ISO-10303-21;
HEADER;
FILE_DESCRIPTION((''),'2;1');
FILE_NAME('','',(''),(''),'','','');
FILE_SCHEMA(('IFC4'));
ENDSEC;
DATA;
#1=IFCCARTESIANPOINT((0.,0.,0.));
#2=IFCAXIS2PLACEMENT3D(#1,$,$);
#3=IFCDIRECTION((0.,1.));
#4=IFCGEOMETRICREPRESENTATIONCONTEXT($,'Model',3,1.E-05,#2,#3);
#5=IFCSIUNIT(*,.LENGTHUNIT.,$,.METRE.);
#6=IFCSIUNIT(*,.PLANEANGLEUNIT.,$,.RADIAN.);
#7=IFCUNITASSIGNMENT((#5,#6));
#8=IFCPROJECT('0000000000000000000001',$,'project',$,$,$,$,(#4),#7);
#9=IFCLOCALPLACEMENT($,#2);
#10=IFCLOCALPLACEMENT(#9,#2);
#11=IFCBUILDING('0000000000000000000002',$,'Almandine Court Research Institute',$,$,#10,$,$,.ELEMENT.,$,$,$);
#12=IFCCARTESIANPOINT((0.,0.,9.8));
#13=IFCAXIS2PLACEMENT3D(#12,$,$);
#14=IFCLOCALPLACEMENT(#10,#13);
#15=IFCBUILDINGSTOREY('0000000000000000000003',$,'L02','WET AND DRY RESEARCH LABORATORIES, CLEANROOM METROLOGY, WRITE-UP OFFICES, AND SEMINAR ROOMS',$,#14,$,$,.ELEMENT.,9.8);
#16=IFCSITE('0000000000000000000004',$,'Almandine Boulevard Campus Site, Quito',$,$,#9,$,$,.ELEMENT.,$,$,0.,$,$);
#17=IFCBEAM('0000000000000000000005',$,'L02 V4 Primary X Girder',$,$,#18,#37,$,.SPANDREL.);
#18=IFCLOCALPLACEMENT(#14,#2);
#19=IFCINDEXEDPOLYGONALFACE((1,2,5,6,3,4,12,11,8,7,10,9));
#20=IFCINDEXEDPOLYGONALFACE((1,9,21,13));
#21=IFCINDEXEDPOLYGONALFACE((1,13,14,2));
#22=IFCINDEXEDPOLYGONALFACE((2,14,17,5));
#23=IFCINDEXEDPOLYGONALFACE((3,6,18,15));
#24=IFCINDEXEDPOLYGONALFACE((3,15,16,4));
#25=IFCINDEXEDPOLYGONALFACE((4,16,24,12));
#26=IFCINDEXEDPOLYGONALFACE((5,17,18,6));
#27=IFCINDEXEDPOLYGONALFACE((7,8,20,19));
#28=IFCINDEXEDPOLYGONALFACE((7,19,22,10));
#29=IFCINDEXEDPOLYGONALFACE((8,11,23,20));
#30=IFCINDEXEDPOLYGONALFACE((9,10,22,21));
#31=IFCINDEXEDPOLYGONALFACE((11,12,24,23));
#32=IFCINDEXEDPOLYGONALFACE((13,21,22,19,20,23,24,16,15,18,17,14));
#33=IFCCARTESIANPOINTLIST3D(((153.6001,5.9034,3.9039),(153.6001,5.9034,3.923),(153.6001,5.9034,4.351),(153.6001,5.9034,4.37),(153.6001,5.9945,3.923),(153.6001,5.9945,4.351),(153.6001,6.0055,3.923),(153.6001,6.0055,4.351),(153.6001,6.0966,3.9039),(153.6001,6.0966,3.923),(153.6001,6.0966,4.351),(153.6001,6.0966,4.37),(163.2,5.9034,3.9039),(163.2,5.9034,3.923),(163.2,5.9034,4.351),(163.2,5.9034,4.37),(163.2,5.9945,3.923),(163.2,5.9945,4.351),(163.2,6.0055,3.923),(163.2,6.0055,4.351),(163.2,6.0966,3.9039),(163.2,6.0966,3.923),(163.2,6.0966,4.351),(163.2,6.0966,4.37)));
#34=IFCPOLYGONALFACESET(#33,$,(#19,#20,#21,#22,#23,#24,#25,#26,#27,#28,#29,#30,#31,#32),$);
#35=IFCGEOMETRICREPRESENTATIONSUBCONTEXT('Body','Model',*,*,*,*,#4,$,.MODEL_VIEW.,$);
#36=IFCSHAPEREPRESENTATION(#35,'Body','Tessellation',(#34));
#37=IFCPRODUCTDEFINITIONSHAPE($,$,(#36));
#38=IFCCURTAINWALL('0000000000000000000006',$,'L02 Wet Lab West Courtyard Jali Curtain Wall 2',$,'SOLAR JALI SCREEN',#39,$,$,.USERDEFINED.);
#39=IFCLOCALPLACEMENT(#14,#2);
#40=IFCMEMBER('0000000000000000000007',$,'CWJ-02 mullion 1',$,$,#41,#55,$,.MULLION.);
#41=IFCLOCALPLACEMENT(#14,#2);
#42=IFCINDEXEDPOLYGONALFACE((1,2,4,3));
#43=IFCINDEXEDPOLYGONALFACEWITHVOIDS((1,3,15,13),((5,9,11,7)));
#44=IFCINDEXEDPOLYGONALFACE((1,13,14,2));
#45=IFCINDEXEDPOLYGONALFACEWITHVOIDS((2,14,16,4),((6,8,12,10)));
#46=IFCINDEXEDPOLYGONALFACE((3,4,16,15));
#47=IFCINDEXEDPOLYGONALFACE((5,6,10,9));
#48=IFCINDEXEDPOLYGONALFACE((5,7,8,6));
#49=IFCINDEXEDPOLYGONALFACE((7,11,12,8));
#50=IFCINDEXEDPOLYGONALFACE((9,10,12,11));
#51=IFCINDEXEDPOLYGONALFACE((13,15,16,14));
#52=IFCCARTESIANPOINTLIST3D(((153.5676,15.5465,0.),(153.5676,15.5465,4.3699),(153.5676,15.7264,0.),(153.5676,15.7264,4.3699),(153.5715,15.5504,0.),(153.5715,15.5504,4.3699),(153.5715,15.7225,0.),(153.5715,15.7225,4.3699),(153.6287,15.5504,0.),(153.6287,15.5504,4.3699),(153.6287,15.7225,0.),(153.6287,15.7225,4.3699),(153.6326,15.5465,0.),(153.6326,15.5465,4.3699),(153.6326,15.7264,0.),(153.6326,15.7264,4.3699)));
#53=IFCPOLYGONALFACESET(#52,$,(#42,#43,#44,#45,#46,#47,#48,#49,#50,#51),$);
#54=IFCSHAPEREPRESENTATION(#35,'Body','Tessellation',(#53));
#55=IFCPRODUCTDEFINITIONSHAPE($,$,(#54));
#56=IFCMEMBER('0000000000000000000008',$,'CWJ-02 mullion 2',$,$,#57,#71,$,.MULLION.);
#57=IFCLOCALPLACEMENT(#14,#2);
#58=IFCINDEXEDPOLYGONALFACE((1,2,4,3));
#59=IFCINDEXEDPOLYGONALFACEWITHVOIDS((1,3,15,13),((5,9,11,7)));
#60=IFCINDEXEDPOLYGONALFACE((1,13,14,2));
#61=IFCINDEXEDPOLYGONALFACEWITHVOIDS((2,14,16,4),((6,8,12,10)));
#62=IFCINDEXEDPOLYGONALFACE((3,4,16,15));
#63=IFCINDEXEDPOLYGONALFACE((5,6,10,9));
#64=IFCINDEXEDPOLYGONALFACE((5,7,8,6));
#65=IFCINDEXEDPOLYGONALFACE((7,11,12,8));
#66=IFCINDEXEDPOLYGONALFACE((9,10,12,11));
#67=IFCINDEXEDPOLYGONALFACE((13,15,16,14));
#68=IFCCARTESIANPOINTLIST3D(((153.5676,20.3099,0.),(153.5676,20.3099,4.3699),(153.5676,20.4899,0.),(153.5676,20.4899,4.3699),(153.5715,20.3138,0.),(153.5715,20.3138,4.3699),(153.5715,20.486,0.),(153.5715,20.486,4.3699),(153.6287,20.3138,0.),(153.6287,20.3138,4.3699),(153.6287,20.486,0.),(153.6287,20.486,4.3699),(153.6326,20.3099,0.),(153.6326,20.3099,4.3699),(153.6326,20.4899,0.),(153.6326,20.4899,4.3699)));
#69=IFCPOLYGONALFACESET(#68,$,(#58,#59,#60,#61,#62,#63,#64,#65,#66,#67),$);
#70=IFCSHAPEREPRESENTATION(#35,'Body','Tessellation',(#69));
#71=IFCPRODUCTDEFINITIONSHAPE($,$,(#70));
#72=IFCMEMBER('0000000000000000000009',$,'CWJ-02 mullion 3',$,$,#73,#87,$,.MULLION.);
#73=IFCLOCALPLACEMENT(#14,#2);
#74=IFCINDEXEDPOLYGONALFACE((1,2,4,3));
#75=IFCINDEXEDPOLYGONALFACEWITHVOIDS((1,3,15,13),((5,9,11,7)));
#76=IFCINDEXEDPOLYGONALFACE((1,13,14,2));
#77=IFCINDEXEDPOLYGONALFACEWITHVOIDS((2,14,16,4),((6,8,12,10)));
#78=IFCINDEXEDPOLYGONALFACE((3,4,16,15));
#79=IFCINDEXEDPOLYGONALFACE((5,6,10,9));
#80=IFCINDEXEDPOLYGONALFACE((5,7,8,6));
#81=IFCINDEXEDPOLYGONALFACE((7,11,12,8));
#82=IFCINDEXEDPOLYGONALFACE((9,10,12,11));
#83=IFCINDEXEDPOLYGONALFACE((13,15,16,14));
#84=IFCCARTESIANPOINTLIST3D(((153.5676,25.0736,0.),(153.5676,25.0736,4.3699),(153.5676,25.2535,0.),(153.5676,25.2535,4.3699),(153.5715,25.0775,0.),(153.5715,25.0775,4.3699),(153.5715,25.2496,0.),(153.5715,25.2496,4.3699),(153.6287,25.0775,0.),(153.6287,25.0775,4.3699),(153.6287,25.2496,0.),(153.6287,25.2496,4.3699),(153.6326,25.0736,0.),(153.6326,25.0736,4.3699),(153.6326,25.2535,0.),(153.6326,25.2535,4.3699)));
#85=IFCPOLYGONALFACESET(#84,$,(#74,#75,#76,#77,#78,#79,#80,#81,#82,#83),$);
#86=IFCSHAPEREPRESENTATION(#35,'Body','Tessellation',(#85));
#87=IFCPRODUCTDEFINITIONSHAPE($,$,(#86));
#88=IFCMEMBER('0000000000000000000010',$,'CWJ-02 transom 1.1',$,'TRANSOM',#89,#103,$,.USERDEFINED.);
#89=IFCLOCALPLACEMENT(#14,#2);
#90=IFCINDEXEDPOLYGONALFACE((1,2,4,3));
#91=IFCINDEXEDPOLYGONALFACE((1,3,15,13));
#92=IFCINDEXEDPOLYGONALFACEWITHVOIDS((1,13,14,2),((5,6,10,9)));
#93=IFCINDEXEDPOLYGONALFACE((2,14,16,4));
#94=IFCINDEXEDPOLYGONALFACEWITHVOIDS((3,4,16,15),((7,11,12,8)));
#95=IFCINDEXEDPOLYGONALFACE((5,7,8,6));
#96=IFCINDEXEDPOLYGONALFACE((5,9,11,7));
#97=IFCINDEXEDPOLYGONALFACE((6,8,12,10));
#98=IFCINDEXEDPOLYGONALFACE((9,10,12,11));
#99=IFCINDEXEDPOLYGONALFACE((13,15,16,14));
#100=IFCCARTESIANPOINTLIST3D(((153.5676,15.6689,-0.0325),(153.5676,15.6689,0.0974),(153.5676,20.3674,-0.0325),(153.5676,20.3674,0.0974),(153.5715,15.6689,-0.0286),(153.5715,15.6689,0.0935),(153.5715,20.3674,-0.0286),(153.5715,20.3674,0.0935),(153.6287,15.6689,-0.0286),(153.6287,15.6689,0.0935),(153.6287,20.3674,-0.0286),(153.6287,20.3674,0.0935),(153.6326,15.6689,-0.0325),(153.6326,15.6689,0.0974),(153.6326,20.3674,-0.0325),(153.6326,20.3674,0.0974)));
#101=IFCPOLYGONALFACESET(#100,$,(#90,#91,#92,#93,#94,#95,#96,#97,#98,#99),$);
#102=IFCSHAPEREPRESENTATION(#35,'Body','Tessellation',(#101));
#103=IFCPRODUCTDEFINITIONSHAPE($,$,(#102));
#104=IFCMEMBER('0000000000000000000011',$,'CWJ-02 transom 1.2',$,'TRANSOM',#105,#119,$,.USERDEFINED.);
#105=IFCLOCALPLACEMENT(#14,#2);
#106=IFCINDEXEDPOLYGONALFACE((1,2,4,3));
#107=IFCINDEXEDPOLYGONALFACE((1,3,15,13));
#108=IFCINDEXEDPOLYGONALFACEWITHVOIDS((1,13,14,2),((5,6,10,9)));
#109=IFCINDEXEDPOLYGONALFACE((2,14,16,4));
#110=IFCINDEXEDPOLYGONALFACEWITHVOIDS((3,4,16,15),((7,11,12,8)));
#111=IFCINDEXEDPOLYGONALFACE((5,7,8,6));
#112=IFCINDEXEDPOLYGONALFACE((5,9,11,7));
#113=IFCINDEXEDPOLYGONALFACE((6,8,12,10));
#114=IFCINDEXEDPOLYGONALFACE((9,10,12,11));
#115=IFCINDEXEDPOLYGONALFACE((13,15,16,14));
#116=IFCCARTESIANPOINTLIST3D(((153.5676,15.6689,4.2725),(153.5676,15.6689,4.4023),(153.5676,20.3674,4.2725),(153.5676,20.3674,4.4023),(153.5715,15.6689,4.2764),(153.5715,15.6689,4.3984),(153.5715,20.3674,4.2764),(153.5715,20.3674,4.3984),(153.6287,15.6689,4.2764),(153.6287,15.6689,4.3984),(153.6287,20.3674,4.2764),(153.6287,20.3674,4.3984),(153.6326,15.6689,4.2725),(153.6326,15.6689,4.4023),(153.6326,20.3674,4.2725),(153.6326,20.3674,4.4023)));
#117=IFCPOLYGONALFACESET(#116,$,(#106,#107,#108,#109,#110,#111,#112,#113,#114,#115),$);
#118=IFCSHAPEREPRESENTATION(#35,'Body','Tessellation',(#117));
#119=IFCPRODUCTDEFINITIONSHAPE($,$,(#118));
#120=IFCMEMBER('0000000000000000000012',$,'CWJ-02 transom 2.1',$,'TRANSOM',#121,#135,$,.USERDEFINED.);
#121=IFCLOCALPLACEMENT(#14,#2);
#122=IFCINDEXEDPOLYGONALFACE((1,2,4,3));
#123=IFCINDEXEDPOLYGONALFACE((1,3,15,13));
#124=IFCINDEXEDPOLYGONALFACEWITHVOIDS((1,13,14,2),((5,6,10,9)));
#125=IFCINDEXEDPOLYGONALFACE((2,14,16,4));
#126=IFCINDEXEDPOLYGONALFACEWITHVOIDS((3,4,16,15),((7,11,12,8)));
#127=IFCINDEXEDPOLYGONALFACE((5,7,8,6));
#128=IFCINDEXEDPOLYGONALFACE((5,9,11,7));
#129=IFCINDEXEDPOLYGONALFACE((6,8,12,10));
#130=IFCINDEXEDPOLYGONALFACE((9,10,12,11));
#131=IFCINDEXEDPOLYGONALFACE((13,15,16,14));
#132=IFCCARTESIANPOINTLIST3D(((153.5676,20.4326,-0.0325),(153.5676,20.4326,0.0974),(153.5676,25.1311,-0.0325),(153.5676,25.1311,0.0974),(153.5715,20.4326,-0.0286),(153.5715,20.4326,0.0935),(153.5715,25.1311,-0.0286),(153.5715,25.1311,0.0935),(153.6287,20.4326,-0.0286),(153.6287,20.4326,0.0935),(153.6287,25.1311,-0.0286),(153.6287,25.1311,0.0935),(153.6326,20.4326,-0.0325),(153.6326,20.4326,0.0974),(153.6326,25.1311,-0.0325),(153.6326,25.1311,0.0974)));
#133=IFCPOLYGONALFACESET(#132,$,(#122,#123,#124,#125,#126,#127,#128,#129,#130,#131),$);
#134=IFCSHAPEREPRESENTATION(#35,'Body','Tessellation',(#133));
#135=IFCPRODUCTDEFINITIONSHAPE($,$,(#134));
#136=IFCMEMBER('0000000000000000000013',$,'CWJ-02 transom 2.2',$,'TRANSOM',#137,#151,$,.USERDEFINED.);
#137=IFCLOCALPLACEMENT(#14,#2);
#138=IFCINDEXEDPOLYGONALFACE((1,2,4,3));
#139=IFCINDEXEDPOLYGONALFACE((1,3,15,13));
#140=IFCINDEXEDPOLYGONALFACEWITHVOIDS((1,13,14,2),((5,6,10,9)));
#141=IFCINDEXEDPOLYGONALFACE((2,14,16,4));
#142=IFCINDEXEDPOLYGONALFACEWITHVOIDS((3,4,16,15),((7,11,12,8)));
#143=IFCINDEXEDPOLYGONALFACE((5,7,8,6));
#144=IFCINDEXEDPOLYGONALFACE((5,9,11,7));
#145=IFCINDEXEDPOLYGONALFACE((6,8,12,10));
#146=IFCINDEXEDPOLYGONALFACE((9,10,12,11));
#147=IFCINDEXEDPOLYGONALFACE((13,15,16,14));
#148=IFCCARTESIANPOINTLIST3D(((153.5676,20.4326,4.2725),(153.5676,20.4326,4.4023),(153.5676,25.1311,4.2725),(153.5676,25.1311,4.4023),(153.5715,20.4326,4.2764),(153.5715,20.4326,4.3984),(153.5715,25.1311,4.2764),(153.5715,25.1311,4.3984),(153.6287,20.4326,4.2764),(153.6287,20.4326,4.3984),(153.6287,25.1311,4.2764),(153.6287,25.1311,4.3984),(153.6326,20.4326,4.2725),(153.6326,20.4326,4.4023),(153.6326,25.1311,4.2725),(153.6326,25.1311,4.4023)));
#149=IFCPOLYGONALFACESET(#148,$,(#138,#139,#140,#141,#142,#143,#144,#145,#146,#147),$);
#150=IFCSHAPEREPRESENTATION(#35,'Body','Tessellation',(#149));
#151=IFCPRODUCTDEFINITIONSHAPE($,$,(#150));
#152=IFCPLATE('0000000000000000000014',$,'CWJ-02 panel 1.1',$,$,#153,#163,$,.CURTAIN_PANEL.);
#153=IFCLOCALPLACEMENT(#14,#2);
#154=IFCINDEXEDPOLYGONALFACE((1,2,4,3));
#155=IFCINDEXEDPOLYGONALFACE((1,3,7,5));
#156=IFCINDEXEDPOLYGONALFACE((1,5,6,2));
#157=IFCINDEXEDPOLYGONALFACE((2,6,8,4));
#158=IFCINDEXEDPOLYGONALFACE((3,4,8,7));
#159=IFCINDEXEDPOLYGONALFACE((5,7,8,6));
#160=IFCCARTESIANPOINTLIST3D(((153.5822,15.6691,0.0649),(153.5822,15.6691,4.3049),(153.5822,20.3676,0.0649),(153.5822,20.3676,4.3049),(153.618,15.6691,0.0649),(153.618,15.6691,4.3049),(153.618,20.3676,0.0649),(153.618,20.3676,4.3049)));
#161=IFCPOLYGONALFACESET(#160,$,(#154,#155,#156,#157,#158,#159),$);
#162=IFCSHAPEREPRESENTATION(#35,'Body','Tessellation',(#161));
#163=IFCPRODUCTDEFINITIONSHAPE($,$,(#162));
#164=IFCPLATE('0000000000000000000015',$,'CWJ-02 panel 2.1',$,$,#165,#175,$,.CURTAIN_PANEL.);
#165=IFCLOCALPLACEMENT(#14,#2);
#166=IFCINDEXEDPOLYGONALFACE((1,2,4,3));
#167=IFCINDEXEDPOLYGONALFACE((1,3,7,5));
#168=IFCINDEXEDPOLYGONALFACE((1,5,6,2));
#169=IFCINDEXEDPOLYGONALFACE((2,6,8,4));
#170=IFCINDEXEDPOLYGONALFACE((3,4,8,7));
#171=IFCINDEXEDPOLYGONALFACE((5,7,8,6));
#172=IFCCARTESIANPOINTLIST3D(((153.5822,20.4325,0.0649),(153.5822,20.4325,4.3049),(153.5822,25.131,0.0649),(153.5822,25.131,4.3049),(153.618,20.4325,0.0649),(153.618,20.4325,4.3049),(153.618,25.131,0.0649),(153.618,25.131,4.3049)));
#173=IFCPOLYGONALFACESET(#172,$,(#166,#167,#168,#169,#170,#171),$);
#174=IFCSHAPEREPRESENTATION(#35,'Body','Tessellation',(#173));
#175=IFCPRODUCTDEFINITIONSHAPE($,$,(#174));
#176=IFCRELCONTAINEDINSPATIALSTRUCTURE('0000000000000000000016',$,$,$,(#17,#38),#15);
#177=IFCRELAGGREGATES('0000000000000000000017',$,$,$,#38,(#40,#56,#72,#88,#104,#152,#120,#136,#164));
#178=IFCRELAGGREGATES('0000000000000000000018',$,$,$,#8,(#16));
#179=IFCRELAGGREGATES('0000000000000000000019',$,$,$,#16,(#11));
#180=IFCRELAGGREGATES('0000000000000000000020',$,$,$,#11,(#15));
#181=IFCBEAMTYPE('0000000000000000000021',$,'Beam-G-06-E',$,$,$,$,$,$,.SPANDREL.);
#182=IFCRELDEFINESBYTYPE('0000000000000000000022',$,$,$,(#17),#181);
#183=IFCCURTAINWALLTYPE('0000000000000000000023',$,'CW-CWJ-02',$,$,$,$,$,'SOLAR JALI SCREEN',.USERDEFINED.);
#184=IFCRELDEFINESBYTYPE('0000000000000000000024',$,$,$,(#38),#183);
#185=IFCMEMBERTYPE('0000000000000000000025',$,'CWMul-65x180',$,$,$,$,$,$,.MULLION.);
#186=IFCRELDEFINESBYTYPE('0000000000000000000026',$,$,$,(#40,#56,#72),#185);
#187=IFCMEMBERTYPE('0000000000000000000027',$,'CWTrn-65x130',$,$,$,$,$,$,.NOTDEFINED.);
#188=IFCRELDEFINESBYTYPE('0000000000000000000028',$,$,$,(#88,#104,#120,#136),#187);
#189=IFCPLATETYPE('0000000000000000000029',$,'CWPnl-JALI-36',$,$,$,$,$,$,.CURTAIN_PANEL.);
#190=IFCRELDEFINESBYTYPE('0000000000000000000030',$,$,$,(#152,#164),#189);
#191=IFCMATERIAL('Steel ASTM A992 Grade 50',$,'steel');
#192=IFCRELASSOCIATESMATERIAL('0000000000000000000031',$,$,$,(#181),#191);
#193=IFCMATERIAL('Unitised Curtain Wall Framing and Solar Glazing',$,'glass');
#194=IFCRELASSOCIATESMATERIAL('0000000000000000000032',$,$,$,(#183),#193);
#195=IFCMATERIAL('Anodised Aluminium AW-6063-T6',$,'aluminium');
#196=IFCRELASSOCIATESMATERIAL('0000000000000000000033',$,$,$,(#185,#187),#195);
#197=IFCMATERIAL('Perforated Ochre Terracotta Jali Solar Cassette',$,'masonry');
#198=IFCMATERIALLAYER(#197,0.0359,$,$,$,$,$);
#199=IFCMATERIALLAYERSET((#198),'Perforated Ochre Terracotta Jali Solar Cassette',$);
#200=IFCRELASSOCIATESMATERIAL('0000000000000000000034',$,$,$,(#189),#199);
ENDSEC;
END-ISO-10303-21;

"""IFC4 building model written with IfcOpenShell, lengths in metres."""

from ifc_helpers import new_model, si_unit, direction, frame, origin, origin_2d, place, context, subcontext, project, spatial, rectangle, hollow_rectangle, i_section, extrude, material, layer, layer_set, material_profile, profile_set, type_object, element, aggregate, save


model = new_model("IFC4")

# Units and contexts
model_context = context("Model", 3, precision=1e-05, world=origin(), true_north=direction((0.0, 1.0)))
body_context = subcontext(model_context, "Body", "Model", "MODEL_VIEW")
ifc_project = project(units=[si_unit("LENGTHUNIT", "METRE"), si_unit("PLANEANGLEUNIT", "RADIAN")], contexts=[model_context])

# Site, building, storey
site_placement = place(None, origin())
site = spatial("IfcSite", under=ifc_project, at=site_placement, Name="Almandine Boulevard Campus Site, Quito", CompositionType="ELEMENT", RefElevation=0.0)
building_placement = place(site_placement, origin())
building = spatial("IfcBuilding", under=site, at=building_placement, Name="Almandine Court Research Institute", CompositionType="ELEMENT")
storey_placement = place(building_placement, frame((0.0, 0.0, 9.8)))
storey = spatial("IfcBuildingStorey", under=building, at=storey_placement, Name="L02", Description="WET AND DRY RESEARCH LABORATORIES, CLEANROOM METROLOGY, WRITE-UP OFFICES, AND SEMINAR ROOMS", CompositionType="ELEMENT", Elevation=9.8)

# Shared definitions
ifc_material_1 = material(Name="Steel ASTM A992 Grade 50", Category="steel")

# Beam
ifc_material_profile_1 = material_profile(ifc_material_1, i_section(OverallWidth=0.1931, OverallDepth=0.4661, WebThickness=0.011, FlangeThickness=0.019, at=origin_2d()), Name="W460x97")
ifc_profile_set_1 = profile_set([ifc_material_profile_1], Name="Steel ASTM A992 Grade 50")
beam_type_1 = type_object("IfcBeamType", Name="Beam-G-06-E", PredefinedType="SPANDREL", material=ifc_profile_set_1)
beam_1_placement = place(storey_placement, frame((153.6001, 6.0, 4.137), z_axis=(1.0, 0.0, 0.0), x_axis=(0.0, 1.0, 0.0)))
element("IfcBeam", 1, at=beam_1_placement, inside=storey, type_object=beam_type_1, Name="L02 V4 Primary X Girder", PredefinedType="SPANDREL", context=body_context, shape_type="SweptSolid", body=[
    extrude(i_section(OverallWidth=0.1931, OverallDepth=0.4661, WebThickness=0.011, FlangeThickness=0.019, at=origin_2d()), origin(), (0.0, 0.0, 1.0), 9.5999),
])

# Curtain wall, members, plates
ifc_material_2 = material(Name="Unitised Curtain Wall Framing and Solar Glazing", Category="glass")
curtain_wall_type = type_object("IfcCurtainWallType", Name="CW-CWJ-02", ElementType="SOLAR JALI SCREEN", PredefinedType="USERDEFINED", material=ifc_material_2)
curtain_wall_placement = place(storey_placement, origin())
curtain_wall = element("IfcCurtainWall", 2, at=curtain_wall_placement, inside=storey, type_object=curtain_wall_type, Name="L02 Wet Lab West Courtyard Jali Curtain Wall 2", ObjectType="SOLAR JALI SCREEN", PredefinedType="USERDEFINED")
ifc_material_3 = material(Name="Anodised Aluminium AW-6063-T6", Category="aluminium")
ifc_material_profile_2 = material_profile(ifc_material_3, hollow_rectangle(XDim=0.0649, YDim=0.1799, WallThickness=0.0039, at=origin_2d()), Name="ALU RHS 65x180x4")
ifc_profile_set_2 = profile_set([ifc_material_profile_2], Name="Anodised Aluminium AW-6063-T6")
member_type_1 = type_object("IfcMemberType", Name="CWMul-65x180", PredefinedType="MULLION", material=ifc_profile_set_2)
member_1_placement = place(storey_placement, frame((153.6001, 15.6365, 0.0), z_axis=(0.0, 0.0, 1.0), x_axis=(-1.0, 0.0, 0.0)))
member_1 = element("IfcMember", 3, at=member_1_placement, type_object=member_type_1, Name="CWJ-02 mullion 1", PredefinedType="MULLION", context=body_context, shape_type="SweptSolid", body=[
    extrude(hollow_rectangle(XDim=0.0649, YDim=0.1799, WallThickness=0.0039, at=origin_2d()), origin(), (0.0, 0.0, 1.0), 4.3699),
])
member_2_placement = place(storey_placement, frame((153.6001, 20.3999, 0.0), z_axis=(0.0, 0.0, 1.0), x_axis=(-1.0, 0.0, 0.0)))
member_2 = element("IfcMember", 4, at=member_2_placement, type_object=member_type_1, Name="CWJ-02 mullion 2", PredefinedType="MULLION", context=body_context, shape_type="SweptSolid", body=[
    extrude(hollow_rectangle(XDim=0.0649, YDim=0.1799, WallThickness=0.0039, at=origin_2d()), origin(), (0.0, 0.0, 1.0), 4.3699),
])
member_3_placement = place(storey_placement, frame((153.6001, 25.1636, 0.0), z_axis=(0.0, 0.0, 1.0), x_axis=(-1.0, 0.0, 0.0)))
member_3 = element("IfcMember", 5, at=member_3_placement, type_object=member_type_1, Name="CWJ-02 mullion 3", PredefinedType="MULLION", context=body_context, shape_type="SweptSolid", body=[
    extrude(hollow_rectangle(XDim=0.0649, YDim=0.1799, WallThickness=0.0039, at=origin_2d()), origin(), (0.0, 0.0, 1.0), 4.3699),
])
ifc_material_profile_3 = material_profile(ifc_material_3, hollow_rectangle(XDim=0.0649, YDim=0.1299, WallThickness=0.0039, at=origin_2d()), Name="ALU RHS 65x130x4")
ifc_profile_set_3 = profile_set([ifc_material_profile_3], Name="Anodised Aluminium AW-6063-T6")
member_type_2 = type_object("IfcMemberType", Name="CWTrn-65x130", PredefinedType="NOTDEFINED", material=ifc_profile_set_3)
member_4_placement = place(storey_placement, frame((153.6001, 15.6689, 0.0325), z_axis=(0.0, 1.0, 0.0), x_axis=(-1.0, 0.0, 0.0)))
member_4 = element("IfcMember", 6, at=member_4_placement, type_object=member_type_2, Name="CWJ-02 transom 1.1", ObjectType="TRANSOM", PredefinedType="USERDEFINED", context=body_context, shape_type="SweptSolid", body=[
    extrude(hollow_rectangle(XDim=0.0649, YDim=0.1299, WallThickness=0.0039, at=origin_2d()), origin(), (0.0, 0.0, 1.0), 4.6985),
])
member_5_placement = place(storey_placement, frame((153.6001, 15.6689, 4.3374), z_axis=(0.0, 1.0, 0.0), x_axis=(-1.0, 0.0, 0.0)))
member_5 = element("IfcMember", 7, at=member_5_placement, type_object=member_type_2, Name="CWJ-02 transom 1.2", ObjectType="TRANSOM", PredefinedType="USERDEFINED", context=body_context, shape_type="SweptSolid", body=[
    extrude(hollow_rectangle(XDim=0.0649, YDim=0.1299, WallThickness=0.0039, at=origin_2d()), origin(), (0.0, 0.0, 1.0), 4.6985),
])
member_6_placement = place(storey_placement, frame((153.6001, 20.4326, 0.0325), z_axis=(0.0, 1.0, 0.0), x_axis=(-1.0, 0.0, 0.0)))
member_6 = element("IfcMember", 8, at=member_6_placement, type_object=member_type_2, Name="CWJ-02 transom 2.1", ObjectType="TRANSOM", PredefinedType="USERDEFINED", context=body_context, shape_type="SweptSolid", body=[
    extrude(hollow_rectangle(XDim=0.0649, YDim=0.1299, WallThickness=0.0039, at=origin_2d()), origin(), (0.0, 0.0, 1.0), 4.6985),
])
member_7_placement = place(storey_placement, frame((153.6001, 20.4326, 4.3374), z_axis=(0.0, 1.0, 0.0), x_axis=(-1.0, 0.0, 0.0)))
member_7 = element("IfcMember", 9, at=member_7_placement, type_object=member_type_2, Name="CWJ-02 transom 2.2", ObjectType="TRANSOM", PredefinedType="USERDEFINED", context=body_context, shape_type="SweptSolid", body=[
    extrude(hollow_rectangle(XDim=0.0649, YDim=0.1299, WallThickness=0.0039, at=origin_2d()), origin(), (0.0, 0.0, 1.0), 4.6985),
])
ifc_material_4 = material(Name="Perforated Ochre Terracotta Jali Solar Cassette", Category="masonry")
ifc_layer_1 = layer(ifc_material_4, 0.0359)
ifc_layer_set_1 = layer_set([ifc_layer_1], Name="Perforated Ochre Terracotta Jali Solar Cassette")
plate_type = type_object("IfcPlateType", Name="CWPnl-JALI-36", PredefinedType="CURTAIN_PANEL", material=ifc_layer_set_1)
plate_1_placement = place(storey_placement, frame((153.6001, 18.0183, 0.0649), z_axis=(0.0, 0.0, 1.0), x_axis=(0.0, 1.0, 0.0)))
plate_1 = element("IfcPlate", 10, at=plate_1_placement, type_object=plate_type, Name="CWJ-02 panel 1.1", PredefinedType="CURTAIN_PANEL", context=body_context, shape_type="SweptSolid", body=[
    extrude(rectangle(XDim=4.6985, YDim=0.0359, at=origin_2d()), origin(), (0.0, 0.0, 1.0), 4.24),
])
plate_2_placement = place(storey_placement, frame((153.6001, 22.7817, 0.0649), z_axis=(0.0, 0.0, 1.0), x_axis=(0.0, 1.0, 0.0)))
plate_2 = element("IfcPlate", 11, at=plate_2_placement, type_object=plate_type, Name="CWJ-02 panel 2.1", PredefinedType="CURTAIN_PANEL", context=body_context, shape_type="SweptSolid", body=[
    extrude(rectangle(XDim=4.6985, YDim=0.0359, at=origin_2d()), origin(), (0.0, 0.0, 1.0), 4.24),
])
aggregate(curtain_wall, [member_1, member_2, member_3, member_4, member_5, plate_1, member_6, member_7, plate_2])

save(model, "model.ifc")
